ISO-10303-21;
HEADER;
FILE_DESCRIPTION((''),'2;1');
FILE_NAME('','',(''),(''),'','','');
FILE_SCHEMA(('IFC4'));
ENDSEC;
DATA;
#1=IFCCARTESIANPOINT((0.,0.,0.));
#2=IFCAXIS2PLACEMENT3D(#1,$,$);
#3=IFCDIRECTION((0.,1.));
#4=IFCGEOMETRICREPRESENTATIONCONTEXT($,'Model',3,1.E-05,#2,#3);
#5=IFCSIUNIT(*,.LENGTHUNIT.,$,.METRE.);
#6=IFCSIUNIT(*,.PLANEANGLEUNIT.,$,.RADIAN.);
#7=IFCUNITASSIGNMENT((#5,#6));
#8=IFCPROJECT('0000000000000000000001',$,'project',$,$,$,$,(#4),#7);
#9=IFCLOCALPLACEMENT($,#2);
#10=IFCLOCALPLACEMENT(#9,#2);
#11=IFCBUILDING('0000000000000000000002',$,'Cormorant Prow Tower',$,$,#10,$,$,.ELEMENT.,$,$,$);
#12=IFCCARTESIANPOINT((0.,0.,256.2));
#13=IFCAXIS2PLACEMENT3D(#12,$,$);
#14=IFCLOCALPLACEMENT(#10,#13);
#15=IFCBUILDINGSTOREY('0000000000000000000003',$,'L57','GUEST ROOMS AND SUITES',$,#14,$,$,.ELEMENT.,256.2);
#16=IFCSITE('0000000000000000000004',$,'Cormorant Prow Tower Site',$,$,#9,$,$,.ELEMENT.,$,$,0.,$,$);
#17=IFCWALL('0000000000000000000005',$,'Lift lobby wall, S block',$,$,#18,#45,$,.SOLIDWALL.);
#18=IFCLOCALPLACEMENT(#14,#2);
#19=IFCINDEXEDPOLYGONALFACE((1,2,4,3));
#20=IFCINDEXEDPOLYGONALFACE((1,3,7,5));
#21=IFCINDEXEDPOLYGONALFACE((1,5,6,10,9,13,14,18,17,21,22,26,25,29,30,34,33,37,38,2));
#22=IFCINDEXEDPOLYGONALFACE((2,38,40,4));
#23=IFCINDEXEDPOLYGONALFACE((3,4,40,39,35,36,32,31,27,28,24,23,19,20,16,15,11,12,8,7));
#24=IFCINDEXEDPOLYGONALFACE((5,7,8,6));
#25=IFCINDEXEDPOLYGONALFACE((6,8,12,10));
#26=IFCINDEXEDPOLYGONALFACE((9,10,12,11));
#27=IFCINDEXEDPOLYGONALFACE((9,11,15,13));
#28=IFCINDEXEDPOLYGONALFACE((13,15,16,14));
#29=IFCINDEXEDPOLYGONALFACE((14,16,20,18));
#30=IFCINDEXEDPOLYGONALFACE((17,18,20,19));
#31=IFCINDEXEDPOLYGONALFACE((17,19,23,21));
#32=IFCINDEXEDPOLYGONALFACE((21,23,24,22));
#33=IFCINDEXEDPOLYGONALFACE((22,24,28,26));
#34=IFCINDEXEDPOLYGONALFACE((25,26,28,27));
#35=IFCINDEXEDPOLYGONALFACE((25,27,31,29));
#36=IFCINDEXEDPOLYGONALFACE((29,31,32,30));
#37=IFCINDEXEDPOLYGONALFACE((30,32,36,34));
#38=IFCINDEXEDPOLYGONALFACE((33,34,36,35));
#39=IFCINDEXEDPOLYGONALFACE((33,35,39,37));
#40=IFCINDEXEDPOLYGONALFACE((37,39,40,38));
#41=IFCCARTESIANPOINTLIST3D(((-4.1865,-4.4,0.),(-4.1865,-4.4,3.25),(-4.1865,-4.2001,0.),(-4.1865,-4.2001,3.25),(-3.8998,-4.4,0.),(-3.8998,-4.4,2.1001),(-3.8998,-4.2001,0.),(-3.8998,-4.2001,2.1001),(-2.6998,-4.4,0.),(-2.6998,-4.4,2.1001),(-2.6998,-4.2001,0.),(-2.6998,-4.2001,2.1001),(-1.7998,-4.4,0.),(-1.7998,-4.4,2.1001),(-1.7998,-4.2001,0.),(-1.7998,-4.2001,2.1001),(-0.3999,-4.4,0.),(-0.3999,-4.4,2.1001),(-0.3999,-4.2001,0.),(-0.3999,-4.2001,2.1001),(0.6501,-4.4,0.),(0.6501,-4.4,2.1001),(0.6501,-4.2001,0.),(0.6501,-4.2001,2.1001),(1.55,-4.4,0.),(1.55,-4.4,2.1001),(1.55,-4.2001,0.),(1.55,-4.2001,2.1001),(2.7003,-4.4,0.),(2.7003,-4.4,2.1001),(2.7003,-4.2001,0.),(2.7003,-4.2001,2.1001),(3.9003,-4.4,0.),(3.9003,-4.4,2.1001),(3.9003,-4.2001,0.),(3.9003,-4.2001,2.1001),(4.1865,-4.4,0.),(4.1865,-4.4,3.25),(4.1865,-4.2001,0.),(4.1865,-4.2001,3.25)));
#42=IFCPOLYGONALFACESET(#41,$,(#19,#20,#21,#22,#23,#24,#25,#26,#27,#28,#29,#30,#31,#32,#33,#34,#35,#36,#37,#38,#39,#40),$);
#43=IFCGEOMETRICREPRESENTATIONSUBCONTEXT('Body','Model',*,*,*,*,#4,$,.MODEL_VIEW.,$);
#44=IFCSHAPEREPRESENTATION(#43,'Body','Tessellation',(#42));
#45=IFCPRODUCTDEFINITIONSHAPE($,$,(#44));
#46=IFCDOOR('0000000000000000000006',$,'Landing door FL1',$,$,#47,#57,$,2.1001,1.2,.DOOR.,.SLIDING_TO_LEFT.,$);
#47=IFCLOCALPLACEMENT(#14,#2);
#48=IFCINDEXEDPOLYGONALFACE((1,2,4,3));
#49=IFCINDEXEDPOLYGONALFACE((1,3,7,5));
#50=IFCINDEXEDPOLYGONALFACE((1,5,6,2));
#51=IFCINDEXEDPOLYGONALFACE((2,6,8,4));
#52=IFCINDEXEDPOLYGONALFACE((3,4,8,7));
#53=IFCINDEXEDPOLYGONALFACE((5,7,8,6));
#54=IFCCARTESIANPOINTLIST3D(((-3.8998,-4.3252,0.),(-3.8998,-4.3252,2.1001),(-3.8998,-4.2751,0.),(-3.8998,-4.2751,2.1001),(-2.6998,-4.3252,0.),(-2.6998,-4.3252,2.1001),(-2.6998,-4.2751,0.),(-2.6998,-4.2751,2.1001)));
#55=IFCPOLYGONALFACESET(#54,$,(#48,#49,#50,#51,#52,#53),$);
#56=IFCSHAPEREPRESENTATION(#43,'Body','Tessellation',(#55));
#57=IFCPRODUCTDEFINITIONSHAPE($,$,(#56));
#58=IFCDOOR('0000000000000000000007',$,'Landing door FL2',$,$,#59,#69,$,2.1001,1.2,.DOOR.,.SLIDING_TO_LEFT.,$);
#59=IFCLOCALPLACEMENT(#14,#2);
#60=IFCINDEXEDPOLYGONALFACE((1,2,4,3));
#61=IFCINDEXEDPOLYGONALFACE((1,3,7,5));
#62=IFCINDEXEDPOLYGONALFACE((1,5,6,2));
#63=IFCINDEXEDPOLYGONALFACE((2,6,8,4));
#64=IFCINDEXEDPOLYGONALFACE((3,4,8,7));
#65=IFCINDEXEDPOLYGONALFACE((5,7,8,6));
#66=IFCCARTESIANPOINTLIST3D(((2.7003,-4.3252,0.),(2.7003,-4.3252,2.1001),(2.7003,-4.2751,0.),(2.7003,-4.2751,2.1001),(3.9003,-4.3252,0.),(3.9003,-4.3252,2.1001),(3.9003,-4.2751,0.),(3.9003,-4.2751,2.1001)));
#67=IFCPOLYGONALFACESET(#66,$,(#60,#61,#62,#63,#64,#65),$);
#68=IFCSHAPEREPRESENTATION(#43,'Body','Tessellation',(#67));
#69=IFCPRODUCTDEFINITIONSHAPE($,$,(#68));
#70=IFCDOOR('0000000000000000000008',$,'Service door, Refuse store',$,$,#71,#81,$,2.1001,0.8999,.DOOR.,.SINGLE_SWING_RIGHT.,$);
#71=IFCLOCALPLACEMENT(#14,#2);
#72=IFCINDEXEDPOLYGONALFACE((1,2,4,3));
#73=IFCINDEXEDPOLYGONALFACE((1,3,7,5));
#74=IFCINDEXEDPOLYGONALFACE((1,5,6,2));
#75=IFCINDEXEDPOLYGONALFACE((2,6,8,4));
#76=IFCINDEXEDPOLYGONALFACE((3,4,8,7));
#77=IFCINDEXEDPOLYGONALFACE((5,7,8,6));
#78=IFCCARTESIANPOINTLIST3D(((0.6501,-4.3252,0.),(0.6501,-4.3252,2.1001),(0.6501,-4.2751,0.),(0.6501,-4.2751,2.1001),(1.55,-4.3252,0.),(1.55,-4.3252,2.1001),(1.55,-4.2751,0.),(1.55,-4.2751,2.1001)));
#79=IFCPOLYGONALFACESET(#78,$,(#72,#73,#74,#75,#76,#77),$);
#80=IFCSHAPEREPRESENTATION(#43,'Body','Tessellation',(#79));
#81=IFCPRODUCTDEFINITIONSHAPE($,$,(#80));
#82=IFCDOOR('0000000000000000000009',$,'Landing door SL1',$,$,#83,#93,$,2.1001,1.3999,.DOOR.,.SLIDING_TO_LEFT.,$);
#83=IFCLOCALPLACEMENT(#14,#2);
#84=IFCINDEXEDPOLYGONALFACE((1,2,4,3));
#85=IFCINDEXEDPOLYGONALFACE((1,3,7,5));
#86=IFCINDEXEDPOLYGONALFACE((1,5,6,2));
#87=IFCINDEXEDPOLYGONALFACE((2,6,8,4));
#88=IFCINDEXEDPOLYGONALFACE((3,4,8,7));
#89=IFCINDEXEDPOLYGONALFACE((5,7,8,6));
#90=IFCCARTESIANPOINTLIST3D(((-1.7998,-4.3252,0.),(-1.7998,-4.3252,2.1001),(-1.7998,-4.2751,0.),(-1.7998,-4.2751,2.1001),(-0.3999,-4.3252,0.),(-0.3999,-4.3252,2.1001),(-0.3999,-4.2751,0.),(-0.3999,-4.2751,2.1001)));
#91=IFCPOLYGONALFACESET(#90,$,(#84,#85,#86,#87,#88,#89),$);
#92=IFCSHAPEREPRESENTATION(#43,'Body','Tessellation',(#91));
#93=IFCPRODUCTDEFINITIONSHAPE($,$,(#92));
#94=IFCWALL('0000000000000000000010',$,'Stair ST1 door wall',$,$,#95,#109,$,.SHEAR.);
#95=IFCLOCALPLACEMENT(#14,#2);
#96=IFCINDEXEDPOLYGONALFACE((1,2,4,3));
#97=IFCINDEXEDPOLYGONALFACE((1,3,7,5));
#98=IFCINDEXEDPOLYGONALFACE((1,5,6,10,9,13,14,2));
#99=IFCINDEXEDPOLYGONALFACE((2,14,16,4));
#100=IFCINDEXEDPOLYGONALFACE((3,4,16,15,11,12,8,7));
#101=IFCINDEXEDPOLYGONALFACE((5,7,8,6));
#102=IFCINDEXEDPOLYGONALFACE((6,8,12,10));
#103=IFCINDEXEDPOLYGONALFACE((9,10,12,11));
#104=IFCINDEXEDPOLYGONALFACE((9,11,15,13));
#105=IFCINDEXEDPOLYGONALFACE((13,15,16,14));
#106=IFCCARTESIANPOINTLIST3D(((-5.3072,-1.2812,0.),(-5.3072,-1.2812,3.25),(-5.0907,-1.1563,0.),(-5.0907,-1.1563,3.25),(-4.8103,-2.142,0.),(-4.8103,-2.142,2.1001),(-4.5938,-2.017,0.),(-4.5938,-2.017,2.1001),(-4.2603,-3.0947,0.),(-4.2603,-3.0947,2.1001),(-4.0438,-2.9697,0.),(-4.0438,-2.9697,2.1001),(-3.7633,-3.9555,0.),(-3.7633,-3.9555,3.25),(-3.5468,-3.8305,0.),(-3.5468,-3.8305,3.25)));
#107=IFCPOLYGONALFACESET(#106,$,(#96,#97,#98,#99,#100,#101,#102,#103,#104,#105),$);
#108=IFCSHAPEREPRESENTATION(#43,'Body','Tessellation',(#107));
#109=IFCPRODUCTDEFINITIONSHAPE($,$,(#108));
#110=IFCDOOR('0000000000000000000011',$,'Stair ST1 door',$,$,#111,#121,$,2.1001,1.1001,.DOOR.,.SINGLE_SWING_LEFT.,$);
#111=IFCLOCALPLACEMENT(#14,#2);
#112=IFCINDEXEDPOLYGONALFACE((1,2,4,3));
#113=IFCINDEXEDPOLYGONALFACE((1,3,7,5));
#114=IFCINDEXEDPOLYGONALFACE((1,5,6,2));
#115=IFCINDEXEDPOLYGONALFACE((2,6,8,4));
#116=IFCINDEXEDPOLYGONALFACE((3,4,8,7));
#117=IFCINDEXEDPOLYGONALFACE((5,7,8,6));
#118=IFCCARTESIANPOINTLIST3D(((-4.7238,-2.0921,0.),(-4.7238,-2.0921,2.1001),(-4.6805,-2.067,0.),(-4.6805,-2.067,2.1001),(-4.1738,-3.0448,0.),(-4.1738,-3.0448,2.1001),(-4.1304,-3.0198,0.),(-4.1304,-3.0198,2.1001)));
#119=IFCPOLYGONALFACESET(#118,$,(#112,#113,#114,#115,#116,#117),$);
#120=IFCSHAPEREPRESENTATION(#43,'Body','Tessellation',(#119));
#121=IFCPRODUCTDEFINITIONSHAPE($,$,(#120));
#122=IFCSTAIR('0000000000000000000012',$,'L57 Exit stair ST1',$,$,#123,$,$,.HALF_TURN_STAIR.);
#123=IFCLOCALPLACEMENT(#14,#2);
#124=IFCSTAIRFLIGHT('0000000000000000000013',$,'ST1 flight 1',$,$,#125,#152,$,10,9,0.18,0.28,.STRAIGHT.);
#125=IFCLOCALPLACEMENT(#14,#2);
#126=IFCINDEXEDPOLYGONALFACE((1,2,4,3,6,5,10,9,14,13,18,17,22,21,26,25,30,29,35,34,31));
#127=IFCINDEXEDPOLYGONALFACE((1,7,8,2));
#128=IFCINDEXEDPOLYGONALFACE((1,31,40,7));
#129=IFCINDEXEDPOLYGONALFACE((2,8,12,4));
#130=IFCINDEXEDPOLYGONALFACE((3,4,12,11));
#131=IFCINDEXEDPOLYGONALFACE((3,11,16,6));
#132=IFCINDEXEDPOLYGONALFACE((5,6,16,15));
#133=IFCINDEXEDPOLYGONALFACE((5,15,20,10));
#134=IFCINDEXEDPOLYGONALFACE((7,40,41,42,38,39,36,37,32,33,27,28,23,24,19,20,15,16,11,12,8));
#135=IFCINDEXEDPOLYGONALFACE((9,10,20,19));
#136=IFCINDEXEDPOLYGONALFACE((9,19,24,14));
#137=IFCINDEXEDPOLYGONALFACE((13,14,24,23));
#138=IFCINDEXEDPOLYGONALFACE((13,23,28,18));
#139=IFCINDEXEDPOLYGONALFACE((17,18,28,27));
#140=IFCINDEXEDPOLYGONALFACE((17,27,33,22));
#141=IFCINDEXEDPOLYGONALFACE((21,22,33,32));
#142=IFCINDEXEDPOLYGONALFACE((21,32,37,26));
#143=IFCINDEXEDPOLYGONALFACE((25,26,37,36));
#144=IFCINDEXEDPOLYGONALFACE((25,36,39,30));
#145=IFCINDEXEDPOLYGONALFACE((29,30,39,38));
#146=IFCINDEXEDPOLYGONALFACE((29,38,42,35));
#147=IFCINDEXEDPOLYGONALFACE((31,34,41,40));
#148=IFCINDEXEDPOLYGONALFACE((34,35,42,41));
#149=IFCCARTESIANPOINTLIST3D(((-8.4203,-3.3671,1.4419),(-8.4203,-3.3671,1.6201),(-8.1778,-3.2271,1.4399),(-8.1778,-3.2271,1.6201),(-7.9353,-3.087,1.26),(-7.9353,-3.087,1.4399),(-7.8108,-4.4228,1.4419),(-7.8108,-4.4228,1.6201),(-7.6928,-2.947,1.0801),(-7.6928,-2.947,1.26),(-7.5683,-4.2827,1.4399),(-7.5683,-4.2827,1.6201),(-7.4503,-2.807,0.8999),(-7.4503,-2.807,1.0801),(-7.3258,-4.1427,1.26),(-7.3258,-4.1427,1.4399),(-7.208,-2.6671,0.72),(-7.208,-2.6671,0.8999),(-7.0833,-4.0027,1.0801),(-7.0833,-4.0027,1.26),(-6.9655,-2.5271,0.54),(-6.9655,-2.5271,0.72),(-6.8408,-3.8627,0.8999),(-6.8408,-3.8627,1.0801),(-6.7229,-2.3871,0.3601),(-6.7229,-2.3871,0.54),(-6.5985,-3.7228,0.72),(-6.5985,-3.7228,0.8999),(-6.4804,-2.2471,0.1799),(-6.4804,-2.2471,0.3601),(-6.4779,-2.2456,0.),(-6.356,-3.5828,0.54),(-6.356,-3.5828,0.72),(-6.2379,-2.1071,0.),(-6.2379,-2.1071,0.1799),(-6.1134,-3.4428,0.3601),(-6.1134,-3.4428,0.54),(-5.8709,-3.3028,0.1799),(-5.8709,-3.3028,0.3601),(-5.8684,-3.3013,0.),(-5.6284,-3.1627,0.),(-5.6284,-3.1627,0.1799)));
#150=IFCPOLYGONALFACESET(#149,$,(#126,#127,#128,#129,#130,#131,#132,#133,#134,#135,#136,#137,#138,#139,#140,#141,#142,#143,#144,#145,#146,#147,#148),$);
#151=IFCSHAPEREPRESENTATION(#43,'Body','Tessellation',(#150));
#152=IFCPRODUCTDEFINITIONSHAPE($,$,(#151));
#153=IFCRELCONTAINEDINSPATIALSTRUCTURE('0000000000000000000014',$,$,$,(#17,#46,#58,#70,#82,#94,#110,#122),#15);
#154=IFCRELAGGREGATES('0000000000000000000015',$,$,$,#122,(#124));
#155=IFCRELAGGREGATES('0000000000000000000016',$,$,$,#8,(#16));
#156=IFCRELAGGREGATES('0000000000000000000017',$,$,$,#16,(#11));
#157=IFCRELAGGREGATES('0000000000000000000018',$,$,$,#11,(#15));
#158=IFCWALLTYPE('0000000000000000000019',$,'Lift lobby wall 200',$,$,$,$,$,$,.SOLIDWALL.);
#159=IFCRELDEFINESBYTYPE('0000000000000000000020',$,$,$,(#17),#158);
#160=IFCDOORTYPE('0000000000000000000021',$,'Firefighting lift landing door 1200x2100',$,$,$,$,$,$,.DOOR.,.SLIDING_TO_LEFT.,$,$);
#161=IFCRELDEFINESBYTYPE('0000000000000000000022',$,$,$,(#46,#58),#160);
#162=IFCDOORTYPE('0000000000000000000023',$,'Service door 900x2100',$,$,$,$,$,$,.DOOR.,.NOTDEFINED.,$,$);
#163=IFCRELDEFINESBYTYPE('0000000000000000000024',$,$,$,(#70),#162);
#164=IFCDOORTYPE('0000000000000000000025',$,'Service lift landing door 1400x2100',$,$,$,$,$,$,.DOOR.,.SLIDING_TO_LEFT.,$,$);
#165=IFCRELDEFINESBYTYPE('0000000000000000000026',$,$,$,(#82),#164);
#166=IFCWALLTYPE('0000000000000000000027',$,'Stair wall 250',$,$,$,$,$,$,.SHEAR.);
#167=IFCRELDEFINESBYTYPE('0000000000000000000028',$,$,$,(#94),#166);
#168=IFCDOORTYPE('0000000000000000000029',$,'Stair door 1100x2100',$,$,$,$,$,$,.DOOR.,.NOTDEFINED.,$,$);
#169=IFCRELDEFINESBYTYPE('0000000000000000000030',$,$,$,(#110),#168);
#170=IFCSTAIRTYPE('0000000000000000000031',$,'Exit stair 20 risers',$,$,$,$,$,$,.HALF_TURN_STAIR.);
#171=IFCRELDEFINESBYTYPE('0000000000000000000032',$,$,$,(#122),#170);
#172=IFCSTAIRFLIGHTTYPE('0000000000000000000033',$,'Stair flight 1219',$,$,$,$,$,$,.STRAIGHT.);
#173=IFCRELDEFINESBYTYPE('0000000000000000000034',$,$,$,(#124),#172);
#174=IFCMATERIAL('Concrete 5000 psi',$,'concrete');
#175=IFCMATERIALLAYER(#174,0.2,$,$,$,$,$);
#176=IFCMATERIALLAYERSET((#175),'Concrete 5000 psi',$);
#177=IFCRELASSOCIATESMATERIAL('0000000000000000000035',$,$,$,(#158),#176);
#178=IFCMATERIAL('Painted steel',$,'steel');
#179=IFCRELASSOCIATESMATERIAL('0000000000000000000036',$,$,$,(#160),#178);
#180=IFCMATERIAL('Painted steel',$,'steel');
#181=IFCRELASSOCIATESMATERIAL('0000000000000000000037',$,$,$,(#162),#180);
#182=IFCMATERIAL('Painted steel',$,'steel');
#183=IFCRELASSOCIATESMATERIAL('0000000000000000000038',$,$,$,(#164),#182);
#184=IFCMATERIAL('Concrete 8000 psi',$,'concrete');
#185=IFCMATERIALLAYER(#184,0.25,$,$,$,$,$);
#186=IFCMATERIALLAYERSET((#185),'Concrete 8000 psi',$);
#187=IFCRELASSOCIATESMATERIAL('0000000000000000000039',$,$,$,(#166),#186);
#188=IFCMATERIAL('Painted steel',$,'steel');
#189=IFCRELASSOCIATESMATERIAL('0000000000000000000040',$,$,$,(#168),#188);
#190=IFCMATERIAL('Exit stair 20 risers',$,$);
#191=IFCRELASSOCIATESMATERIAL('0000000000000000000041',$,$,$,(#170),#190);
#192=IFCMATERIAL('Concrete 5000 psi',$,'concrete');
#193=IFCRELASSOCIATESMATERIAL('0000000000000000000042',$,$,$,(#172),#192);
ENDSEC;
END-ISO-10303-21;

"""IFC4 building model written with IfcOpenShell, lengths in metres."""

from ifc_helpers import new_model, si_unit, direction, frame, frame_2d, origin, place, context, subcontext, project, spatial, polyline, rectangle, outline, extrude, material, layer, layer_set, type_object, element, fill, aggregate, save


model = new_model("IFC4")

# Units and contexts
model_context = context("Model", 3, precision=1e-05, world=origin(), true_north=direction((0.0, 1.0)))
body_context = subcontext(model_context, "Body", "Model", "MODEL_VIEW")
ifc_project = project(units=[si_unit("LENGTHUNIT", "METRE"), si_unit("PLANEANGLEUNIT", "RADIAN")], contexts=[model_context])

# Site, building, storey
site_placement = place(None, origin())
site = spatial("IfcSite", under=ifc_project, at=site_placement, Name="Cormorant Prow Tower Site", CompositionType="ELEMENT", RefElevation=0.0)
building_placement = place(site_placement, origin())
building = spatial("IfcBuilding", under=site, at=building_placement, Name="Cormorant Prow Tower", CompositionType="ELEMENT")
storey_placement = place(building_placement, frame((0.0, 0.0, 256.2)))
storey = spatial("IfcBuildingStorey", under=building, at=storey_placement, Name="L57", Description="GUEST ROOMS AND SUITES", CompositionType="ELEMENT", Elevation=256.2)

# Wall, openings, doors
ifc_material_1 = material(Name="Concrete 5000 psi", Category="concrete")
ifc_layer_1 = layer(ifc_material_1, 0.2)
ifc_layer_set_1 = layer_set([ifc_layer_1], Name="Concrete 5000 psi")
wall_type_1 = type_object("IfcWallType", Name="Lift lobby wall 200", PredefinedType="SOLIDWALL", material=ifc_layer_set_1)
wall_1_placement = place(storey_placement, frame((-4.1865, -4.3, 0.0), z_axis=(0.0, 0.0, 1.0), x_axis=(1.0, 0.0, 0.0)))
wall_1 = element("IfcWall", 1, at=wall_1_placement, inside=storey, type_object=wall_type_1, Name="Lift lobby wall, S block", PredefinedType="SOLIDWALL", context=body_context, shape_type="SweptSolid", body=[
    extrude(rectangle(XDim=8.373, YDim=0.2, at=frame_2d((4.1865, 0.0))), origin(), (0.0, 0.0, 1.0), 3.25),
])
opening_1_placement = place(wall_1_placement, frame((0.2866, 0.0, 0.0)))
opening_1 = element("IfcOpeningElement", 2, at=opening_1_placement, cuts=wall_1, PredefinedType="OPENING", context=body_context, shape_type="SweptSolid", body=[
    extrude(rectangle(XDim=1.2, YDim=2.1001, at=frame_2d((0.6001, 1.05))), frame((0.0, 0.1099, 0.0), z_axis=(0.0, -1.0, 0.0), x_axis=(1.0, 0.0, 0.0)), (0.0, 0.0, 1.0), 0.22),
])
opening_2_placement = place(wall_1_placement, frame((2.3867, 0.0, 0.0)))
opening_2 = element("IfcOpeningElement", 3, at=opening_2_placement, cuts=wall_1, PredefinedType="OPENING", context=body_context, shape_type="SweptSolid", body=[
    extrude(rectangle(XDim=1.3999, YDim=2.1001, at=frame_2d((0.7, 1.05))), frame((0.0, 0.1099, 0.0), z_axis=(0.0, -1.0, 0.0), x_axis=(1.0, 0.0, 0.0)), (0.0, 0.0, 1.0), 0.22),
])
opening_3_placement = place(wall_1_placement, frame((4.8367, 0.0, 0.0)))
opening_3 = element("IfcOpeningElement", 4, at=opening_3_placement, cuts=wall_1, PredefinedType="OPENING", context=body_context, shape_type="SweptSolid", body=[
    extrude(rectangle(XDim=0.8999, YDim=2.1001, at=frame_2d((0.45, 1.05))), frame((0.0, 0.1099, 0.0), z_axis=(0.0, -1.0, 0.0), x_axis=(1.0, 0.0, 0.0)), (0.0, 0.0, 1.0), 0.22),
])
opening_4_placement = place(wall_1_placement, frame((6.8867, 0.0, 0.0)))
opening_4 = element("IfcOpeningElement", 5, at=opening_4_placement, cuts=wall_1, PredefinedType="OPENING", context=body_context, shape_type="SweptSolid", body=[
    extrude(rectangle(XDim=1.2, YDim=2.1001, at=frame_2d((0.6001, 1.05))), frame((0.0, 0.1099, 0.0), z_axis=(0.0, -1.0, 0.0), x_axis=(1.0, 0.0, 0.0)), (0.0, 0.0, 1.0), 0.22),
])
ifc_material_2 = material(Name="Painted steel", Category="steel")
door_type_1 = type_object("IfcDoorType", Name="Firefighting lift landing door 1200x2100", OperationType="SLIDING_TO_LEFT", PredefinedType="DOOR", material=ifc_material_2)
door_1_placement = place(opening_1_placement, origin())
door_1 = element("IfcDoor", 6, at=door_1_placement, inside=storey, type_object=door_type_1, Name="Landing door FL1", OperationType="SLIDING_TO_LEFT", OverallHeight=2.1001, OverallWidth=1.2, PredefinedType="DOOR", context=body_context, shape_type="SweptSolid", body=[
    extrude(rectangle(XDim=1.2, YDim=2.1001, at=frame_2d((0.6001, 1.05))), frame((0.0, 0.0249, 0.0), z_axis=(0.0, -1.0, 0.0), x_axis=(1.0, 0.0, 0.0)), (0.0, 0.0, 1.0), 0.05),
])
fill(opening_1, door_1)
door_2_placement = place(opening_4_placement, origin())
door_2 = element("IfcDoor", 7, at=door_2_placement, inside=storey, type_object=door_type_1, Name="Landing door FL2", OperationType="SLIDING_TO_LEFT", OverallHeight=2.1001, OverallWidth=1.2, PredefinedType="DOOR", context=body_context, shape_type="SweptSolid", body=[
    extrude(rectangle(XDim=1.2, YDim=2.1001, at=frame_2d((0.6001, 1.05))), frame((0.0, 0.0249, 0.0), z_axis=(0.0, -1.0, 0.0), x_axis=(1.0, 0.0, 0.0)), (0.0, 0.0, 1.0), 0.05),
])
fill(opening_4, door_2)
ifc_material_3 = material(Name="Painted steel", Category="steel")
door_type_2 = type_object("IfcDoorType", Name="Service door 900x2100", OperationType="NOTDEFINED", PredefinedType="DOOR", material=ifc_material_3)
door_3_placement = place(opening_3_placement, origin())
door_3 = element("IfcDoor", 8, at=door_3_placement, inside=storey, type_object=door_type_2, Name="Service door, Refuse store", OperationType="SINGLE_SWING_RIGHT", OverallHeight=2.1001, OverallWidth=0.8999, PredefinedType="DOOR", context=body_context, shape_type="SweptSolid", body=[
    extrude(rectangle(XDim=0.8999, YDim=2.1001, at=frame_2d((0.45, 1.05))), frame((0.0, 0.0249, 0.0), z_axis=(0.0, -1.0, 0.0), x_axis=(1.0, 0.0, 0.0)), (0.0, 0.0, 1.0), 0.05),
])
fill(opening_3, door_3)
ifc_material_4 = material(Name="Painted steel", Category="steel")
door_type_3 = type_object("IfcDoorType", Name="Service lift landing door 1400x2100", OperationType="SLIDING_TO_LEFT", PredefinedType="DOOR", material=ifc_material_4)
door_4_placement = place(opening_2_placement, origin())
door_4 = element("IfcDoor", 9, at=door_4_placement, inside=storey, type_object=door_type_3, Name="Landing door SL1", OperationType="SLIDING_TO_LEFT", OverallHeight=2.1001, OverallWidth=1.3999, PredefinedType="DOOR", context=body_context, shape_type="SweptSolid", body=[
    extrude(rectangle(XDim=1.3999, YDim=2.1001, at=frame_2d((0.7, 1.05))), frame((0.0, 0.0249, 0.0), z_axis=(0.0, -1.0, 0.0), x_axis=(1.0, 0.0, 0.0)), (0.0, 0.0, 1.0), 0.05),
])
fill(opening_2, door_4)

# Wall, opening, door
ifc_material_5 = material(Name="Concrete 8000 psi", Category="concrete")
ifc_layer_2 = layer(ifc_material_5, 0.25)
ifc_layer_set_2 = layer_set([ifc_layer_2], Name="Concrete 8000 psi")
wall_type_2 = type_object("IfcWallType", Name="Stair wall 250", PredefinedType="SHEAR", material=ifc_layer_set_2)
wall_2_placement = place(storey_placement, frame((-5.199, -1.2188, 0.0), z_axis=(0.0, 0.0, 1.0), x_axis=(0.499983, -0.866035, 0.0)))
wall_2 = element("IfcWall", 10, at=wall_2_placement, inside=storey, type_object=wall_type_2, Name="Stair ST1 door wall", PredefinedType="SHEAR", context=body_context, shape_type="SweptSolid", body=[
    extrude(rectangle(XDim=3.0879, YDim=0.25, at=frame_2d((1.5439, 0.0))), origin(), (0.0, 0.0, 1.0), 3.25),
])
opening_5_placement = place(wall_2_placement, frame((0.9939, 0.0, 0.0)))
opening_5 = element("IfcOpeningElement", 11, at=opening_5_placement, cuts=wall_2, PredefinedType="OPENING", context=body_context, shape_type="SweptSolid", body=[
    extrude(rectangle(XDim=1.1001, YDim=2.1001, at=frame_2d((0.55, 1.05))), frame((0.0, 0.135, 0.0), z_axis=(0.0, -1.0, 0.0), x_axis=(1.0, 0.0, 0.0)), (0.0, 0.0, 1.0), 0.27),
])
ifc_material_6 = material(Name="Painted steel", Category="steel")
door_type_4 = type_object("IfcDoorType", Name="Stair door 1100x2100", OperationType="NOTDEFINED", PredefinedType="DOOR", material=ifc_material_6)
door_5_placement = place(opening_5_placement, origin())
door_5 = element("IfcDoor", 12, at=door_5_placement, inside=storey, type_object=door_type_4, Name="Stair ST1 door", OperationType="SINGLE_SWING_LEFT", OverallHeight=2.1001, OverallWidth=1.1001, PredefinedType="DOOR", context=body_context, shape_type="SweptSolid", body=[
    extrude(rectangle(XDim=1.1001, YDim=2.1001, at=frame_2d((0.55, 1.05))), frame((0.0, 0.0249, 0.0), z_axis=(0.0, -1.0, 0.0), x_axis=(1.0, 0.0, 0.0)), (0.0, 0.0, 1.0), 0.05),
])
fill(opening_5, door_5)

# Stair, stair flight
ifc_material_7 = material(Name="Exit stair 20 risers")
stair_type = type_object("IfcStairType", Name="Exit stair 20 risers", PredefinedType="HALF_TURN_STAIR", material=ifc_material_7)
stair_placement = place(storey_placement, origin())
stair = element("IfcStair", 13, at=stair_placement, inside=storey, type_object=stair_type, Name="L57 Exit stair ST1", PredefinedType="HALF_TURN_STAIR")
ifc_material_8 = material(Name="Concrete 5000 psi", Category="concrete")
stair_flight_type = type_object("IfcStairFlightType", Name="Stair flight 1219", PredefinedType="STRAIGHT", material=ifc_material_8)
stair_flight_1_placement = place(storey_placement, frame((-5.9331, -2.635, 0.0), z_axis=(0.0, 0.0, 1.0), x_axis=(-0.866025, -0.5, 0.0)))
stair_flight_1 = element("IfcStairFlight", 14, at=stair_flight_1_placement, type_object=stair_flight_type, Name="ST1 flight 1", NumberOfRisers=10, NumberOfTreads=9, PredefinedType="STRAIGHT", RiserHeight=0.18, TreadLength=0.28, context=body_context, shape_type="SweptSolid", body=[
    extrude(outline(polyline([(0.0, 0.0), (0.0, 0.1799), (0.28, 0.1799), (0.28, 0.3601), (0.5601, 0.3601), (0.5601, 0.54), (0.8401, 0.54), (0.8401, 0.72), (1.1201, 0.72), (1.1201, 0.8999), (1.3999, 0.8999), (1.3999, 1.0801), (1.6799, 1.0801), (1.6799, 1.26), (1.96, 1.26), (1.96, 1.4399), (2.24, 1.4399), (2.24, 1.6201), (2.52, 1.6201), (2.52, 1.8), (2.52, 1.4419), (0.2771, 0.0), (0.0, 0.0)])), frame((0.0, 0.6094, 0.0), z_axis=(0.0, -1.0, 0.0), x_axis=(1.0, 0.0, 0.0)), (0.0, 0.0, 1.0), 1.219),
])
aggregate(stair, [stair_flight_1])

save(model, "model.ifc")
